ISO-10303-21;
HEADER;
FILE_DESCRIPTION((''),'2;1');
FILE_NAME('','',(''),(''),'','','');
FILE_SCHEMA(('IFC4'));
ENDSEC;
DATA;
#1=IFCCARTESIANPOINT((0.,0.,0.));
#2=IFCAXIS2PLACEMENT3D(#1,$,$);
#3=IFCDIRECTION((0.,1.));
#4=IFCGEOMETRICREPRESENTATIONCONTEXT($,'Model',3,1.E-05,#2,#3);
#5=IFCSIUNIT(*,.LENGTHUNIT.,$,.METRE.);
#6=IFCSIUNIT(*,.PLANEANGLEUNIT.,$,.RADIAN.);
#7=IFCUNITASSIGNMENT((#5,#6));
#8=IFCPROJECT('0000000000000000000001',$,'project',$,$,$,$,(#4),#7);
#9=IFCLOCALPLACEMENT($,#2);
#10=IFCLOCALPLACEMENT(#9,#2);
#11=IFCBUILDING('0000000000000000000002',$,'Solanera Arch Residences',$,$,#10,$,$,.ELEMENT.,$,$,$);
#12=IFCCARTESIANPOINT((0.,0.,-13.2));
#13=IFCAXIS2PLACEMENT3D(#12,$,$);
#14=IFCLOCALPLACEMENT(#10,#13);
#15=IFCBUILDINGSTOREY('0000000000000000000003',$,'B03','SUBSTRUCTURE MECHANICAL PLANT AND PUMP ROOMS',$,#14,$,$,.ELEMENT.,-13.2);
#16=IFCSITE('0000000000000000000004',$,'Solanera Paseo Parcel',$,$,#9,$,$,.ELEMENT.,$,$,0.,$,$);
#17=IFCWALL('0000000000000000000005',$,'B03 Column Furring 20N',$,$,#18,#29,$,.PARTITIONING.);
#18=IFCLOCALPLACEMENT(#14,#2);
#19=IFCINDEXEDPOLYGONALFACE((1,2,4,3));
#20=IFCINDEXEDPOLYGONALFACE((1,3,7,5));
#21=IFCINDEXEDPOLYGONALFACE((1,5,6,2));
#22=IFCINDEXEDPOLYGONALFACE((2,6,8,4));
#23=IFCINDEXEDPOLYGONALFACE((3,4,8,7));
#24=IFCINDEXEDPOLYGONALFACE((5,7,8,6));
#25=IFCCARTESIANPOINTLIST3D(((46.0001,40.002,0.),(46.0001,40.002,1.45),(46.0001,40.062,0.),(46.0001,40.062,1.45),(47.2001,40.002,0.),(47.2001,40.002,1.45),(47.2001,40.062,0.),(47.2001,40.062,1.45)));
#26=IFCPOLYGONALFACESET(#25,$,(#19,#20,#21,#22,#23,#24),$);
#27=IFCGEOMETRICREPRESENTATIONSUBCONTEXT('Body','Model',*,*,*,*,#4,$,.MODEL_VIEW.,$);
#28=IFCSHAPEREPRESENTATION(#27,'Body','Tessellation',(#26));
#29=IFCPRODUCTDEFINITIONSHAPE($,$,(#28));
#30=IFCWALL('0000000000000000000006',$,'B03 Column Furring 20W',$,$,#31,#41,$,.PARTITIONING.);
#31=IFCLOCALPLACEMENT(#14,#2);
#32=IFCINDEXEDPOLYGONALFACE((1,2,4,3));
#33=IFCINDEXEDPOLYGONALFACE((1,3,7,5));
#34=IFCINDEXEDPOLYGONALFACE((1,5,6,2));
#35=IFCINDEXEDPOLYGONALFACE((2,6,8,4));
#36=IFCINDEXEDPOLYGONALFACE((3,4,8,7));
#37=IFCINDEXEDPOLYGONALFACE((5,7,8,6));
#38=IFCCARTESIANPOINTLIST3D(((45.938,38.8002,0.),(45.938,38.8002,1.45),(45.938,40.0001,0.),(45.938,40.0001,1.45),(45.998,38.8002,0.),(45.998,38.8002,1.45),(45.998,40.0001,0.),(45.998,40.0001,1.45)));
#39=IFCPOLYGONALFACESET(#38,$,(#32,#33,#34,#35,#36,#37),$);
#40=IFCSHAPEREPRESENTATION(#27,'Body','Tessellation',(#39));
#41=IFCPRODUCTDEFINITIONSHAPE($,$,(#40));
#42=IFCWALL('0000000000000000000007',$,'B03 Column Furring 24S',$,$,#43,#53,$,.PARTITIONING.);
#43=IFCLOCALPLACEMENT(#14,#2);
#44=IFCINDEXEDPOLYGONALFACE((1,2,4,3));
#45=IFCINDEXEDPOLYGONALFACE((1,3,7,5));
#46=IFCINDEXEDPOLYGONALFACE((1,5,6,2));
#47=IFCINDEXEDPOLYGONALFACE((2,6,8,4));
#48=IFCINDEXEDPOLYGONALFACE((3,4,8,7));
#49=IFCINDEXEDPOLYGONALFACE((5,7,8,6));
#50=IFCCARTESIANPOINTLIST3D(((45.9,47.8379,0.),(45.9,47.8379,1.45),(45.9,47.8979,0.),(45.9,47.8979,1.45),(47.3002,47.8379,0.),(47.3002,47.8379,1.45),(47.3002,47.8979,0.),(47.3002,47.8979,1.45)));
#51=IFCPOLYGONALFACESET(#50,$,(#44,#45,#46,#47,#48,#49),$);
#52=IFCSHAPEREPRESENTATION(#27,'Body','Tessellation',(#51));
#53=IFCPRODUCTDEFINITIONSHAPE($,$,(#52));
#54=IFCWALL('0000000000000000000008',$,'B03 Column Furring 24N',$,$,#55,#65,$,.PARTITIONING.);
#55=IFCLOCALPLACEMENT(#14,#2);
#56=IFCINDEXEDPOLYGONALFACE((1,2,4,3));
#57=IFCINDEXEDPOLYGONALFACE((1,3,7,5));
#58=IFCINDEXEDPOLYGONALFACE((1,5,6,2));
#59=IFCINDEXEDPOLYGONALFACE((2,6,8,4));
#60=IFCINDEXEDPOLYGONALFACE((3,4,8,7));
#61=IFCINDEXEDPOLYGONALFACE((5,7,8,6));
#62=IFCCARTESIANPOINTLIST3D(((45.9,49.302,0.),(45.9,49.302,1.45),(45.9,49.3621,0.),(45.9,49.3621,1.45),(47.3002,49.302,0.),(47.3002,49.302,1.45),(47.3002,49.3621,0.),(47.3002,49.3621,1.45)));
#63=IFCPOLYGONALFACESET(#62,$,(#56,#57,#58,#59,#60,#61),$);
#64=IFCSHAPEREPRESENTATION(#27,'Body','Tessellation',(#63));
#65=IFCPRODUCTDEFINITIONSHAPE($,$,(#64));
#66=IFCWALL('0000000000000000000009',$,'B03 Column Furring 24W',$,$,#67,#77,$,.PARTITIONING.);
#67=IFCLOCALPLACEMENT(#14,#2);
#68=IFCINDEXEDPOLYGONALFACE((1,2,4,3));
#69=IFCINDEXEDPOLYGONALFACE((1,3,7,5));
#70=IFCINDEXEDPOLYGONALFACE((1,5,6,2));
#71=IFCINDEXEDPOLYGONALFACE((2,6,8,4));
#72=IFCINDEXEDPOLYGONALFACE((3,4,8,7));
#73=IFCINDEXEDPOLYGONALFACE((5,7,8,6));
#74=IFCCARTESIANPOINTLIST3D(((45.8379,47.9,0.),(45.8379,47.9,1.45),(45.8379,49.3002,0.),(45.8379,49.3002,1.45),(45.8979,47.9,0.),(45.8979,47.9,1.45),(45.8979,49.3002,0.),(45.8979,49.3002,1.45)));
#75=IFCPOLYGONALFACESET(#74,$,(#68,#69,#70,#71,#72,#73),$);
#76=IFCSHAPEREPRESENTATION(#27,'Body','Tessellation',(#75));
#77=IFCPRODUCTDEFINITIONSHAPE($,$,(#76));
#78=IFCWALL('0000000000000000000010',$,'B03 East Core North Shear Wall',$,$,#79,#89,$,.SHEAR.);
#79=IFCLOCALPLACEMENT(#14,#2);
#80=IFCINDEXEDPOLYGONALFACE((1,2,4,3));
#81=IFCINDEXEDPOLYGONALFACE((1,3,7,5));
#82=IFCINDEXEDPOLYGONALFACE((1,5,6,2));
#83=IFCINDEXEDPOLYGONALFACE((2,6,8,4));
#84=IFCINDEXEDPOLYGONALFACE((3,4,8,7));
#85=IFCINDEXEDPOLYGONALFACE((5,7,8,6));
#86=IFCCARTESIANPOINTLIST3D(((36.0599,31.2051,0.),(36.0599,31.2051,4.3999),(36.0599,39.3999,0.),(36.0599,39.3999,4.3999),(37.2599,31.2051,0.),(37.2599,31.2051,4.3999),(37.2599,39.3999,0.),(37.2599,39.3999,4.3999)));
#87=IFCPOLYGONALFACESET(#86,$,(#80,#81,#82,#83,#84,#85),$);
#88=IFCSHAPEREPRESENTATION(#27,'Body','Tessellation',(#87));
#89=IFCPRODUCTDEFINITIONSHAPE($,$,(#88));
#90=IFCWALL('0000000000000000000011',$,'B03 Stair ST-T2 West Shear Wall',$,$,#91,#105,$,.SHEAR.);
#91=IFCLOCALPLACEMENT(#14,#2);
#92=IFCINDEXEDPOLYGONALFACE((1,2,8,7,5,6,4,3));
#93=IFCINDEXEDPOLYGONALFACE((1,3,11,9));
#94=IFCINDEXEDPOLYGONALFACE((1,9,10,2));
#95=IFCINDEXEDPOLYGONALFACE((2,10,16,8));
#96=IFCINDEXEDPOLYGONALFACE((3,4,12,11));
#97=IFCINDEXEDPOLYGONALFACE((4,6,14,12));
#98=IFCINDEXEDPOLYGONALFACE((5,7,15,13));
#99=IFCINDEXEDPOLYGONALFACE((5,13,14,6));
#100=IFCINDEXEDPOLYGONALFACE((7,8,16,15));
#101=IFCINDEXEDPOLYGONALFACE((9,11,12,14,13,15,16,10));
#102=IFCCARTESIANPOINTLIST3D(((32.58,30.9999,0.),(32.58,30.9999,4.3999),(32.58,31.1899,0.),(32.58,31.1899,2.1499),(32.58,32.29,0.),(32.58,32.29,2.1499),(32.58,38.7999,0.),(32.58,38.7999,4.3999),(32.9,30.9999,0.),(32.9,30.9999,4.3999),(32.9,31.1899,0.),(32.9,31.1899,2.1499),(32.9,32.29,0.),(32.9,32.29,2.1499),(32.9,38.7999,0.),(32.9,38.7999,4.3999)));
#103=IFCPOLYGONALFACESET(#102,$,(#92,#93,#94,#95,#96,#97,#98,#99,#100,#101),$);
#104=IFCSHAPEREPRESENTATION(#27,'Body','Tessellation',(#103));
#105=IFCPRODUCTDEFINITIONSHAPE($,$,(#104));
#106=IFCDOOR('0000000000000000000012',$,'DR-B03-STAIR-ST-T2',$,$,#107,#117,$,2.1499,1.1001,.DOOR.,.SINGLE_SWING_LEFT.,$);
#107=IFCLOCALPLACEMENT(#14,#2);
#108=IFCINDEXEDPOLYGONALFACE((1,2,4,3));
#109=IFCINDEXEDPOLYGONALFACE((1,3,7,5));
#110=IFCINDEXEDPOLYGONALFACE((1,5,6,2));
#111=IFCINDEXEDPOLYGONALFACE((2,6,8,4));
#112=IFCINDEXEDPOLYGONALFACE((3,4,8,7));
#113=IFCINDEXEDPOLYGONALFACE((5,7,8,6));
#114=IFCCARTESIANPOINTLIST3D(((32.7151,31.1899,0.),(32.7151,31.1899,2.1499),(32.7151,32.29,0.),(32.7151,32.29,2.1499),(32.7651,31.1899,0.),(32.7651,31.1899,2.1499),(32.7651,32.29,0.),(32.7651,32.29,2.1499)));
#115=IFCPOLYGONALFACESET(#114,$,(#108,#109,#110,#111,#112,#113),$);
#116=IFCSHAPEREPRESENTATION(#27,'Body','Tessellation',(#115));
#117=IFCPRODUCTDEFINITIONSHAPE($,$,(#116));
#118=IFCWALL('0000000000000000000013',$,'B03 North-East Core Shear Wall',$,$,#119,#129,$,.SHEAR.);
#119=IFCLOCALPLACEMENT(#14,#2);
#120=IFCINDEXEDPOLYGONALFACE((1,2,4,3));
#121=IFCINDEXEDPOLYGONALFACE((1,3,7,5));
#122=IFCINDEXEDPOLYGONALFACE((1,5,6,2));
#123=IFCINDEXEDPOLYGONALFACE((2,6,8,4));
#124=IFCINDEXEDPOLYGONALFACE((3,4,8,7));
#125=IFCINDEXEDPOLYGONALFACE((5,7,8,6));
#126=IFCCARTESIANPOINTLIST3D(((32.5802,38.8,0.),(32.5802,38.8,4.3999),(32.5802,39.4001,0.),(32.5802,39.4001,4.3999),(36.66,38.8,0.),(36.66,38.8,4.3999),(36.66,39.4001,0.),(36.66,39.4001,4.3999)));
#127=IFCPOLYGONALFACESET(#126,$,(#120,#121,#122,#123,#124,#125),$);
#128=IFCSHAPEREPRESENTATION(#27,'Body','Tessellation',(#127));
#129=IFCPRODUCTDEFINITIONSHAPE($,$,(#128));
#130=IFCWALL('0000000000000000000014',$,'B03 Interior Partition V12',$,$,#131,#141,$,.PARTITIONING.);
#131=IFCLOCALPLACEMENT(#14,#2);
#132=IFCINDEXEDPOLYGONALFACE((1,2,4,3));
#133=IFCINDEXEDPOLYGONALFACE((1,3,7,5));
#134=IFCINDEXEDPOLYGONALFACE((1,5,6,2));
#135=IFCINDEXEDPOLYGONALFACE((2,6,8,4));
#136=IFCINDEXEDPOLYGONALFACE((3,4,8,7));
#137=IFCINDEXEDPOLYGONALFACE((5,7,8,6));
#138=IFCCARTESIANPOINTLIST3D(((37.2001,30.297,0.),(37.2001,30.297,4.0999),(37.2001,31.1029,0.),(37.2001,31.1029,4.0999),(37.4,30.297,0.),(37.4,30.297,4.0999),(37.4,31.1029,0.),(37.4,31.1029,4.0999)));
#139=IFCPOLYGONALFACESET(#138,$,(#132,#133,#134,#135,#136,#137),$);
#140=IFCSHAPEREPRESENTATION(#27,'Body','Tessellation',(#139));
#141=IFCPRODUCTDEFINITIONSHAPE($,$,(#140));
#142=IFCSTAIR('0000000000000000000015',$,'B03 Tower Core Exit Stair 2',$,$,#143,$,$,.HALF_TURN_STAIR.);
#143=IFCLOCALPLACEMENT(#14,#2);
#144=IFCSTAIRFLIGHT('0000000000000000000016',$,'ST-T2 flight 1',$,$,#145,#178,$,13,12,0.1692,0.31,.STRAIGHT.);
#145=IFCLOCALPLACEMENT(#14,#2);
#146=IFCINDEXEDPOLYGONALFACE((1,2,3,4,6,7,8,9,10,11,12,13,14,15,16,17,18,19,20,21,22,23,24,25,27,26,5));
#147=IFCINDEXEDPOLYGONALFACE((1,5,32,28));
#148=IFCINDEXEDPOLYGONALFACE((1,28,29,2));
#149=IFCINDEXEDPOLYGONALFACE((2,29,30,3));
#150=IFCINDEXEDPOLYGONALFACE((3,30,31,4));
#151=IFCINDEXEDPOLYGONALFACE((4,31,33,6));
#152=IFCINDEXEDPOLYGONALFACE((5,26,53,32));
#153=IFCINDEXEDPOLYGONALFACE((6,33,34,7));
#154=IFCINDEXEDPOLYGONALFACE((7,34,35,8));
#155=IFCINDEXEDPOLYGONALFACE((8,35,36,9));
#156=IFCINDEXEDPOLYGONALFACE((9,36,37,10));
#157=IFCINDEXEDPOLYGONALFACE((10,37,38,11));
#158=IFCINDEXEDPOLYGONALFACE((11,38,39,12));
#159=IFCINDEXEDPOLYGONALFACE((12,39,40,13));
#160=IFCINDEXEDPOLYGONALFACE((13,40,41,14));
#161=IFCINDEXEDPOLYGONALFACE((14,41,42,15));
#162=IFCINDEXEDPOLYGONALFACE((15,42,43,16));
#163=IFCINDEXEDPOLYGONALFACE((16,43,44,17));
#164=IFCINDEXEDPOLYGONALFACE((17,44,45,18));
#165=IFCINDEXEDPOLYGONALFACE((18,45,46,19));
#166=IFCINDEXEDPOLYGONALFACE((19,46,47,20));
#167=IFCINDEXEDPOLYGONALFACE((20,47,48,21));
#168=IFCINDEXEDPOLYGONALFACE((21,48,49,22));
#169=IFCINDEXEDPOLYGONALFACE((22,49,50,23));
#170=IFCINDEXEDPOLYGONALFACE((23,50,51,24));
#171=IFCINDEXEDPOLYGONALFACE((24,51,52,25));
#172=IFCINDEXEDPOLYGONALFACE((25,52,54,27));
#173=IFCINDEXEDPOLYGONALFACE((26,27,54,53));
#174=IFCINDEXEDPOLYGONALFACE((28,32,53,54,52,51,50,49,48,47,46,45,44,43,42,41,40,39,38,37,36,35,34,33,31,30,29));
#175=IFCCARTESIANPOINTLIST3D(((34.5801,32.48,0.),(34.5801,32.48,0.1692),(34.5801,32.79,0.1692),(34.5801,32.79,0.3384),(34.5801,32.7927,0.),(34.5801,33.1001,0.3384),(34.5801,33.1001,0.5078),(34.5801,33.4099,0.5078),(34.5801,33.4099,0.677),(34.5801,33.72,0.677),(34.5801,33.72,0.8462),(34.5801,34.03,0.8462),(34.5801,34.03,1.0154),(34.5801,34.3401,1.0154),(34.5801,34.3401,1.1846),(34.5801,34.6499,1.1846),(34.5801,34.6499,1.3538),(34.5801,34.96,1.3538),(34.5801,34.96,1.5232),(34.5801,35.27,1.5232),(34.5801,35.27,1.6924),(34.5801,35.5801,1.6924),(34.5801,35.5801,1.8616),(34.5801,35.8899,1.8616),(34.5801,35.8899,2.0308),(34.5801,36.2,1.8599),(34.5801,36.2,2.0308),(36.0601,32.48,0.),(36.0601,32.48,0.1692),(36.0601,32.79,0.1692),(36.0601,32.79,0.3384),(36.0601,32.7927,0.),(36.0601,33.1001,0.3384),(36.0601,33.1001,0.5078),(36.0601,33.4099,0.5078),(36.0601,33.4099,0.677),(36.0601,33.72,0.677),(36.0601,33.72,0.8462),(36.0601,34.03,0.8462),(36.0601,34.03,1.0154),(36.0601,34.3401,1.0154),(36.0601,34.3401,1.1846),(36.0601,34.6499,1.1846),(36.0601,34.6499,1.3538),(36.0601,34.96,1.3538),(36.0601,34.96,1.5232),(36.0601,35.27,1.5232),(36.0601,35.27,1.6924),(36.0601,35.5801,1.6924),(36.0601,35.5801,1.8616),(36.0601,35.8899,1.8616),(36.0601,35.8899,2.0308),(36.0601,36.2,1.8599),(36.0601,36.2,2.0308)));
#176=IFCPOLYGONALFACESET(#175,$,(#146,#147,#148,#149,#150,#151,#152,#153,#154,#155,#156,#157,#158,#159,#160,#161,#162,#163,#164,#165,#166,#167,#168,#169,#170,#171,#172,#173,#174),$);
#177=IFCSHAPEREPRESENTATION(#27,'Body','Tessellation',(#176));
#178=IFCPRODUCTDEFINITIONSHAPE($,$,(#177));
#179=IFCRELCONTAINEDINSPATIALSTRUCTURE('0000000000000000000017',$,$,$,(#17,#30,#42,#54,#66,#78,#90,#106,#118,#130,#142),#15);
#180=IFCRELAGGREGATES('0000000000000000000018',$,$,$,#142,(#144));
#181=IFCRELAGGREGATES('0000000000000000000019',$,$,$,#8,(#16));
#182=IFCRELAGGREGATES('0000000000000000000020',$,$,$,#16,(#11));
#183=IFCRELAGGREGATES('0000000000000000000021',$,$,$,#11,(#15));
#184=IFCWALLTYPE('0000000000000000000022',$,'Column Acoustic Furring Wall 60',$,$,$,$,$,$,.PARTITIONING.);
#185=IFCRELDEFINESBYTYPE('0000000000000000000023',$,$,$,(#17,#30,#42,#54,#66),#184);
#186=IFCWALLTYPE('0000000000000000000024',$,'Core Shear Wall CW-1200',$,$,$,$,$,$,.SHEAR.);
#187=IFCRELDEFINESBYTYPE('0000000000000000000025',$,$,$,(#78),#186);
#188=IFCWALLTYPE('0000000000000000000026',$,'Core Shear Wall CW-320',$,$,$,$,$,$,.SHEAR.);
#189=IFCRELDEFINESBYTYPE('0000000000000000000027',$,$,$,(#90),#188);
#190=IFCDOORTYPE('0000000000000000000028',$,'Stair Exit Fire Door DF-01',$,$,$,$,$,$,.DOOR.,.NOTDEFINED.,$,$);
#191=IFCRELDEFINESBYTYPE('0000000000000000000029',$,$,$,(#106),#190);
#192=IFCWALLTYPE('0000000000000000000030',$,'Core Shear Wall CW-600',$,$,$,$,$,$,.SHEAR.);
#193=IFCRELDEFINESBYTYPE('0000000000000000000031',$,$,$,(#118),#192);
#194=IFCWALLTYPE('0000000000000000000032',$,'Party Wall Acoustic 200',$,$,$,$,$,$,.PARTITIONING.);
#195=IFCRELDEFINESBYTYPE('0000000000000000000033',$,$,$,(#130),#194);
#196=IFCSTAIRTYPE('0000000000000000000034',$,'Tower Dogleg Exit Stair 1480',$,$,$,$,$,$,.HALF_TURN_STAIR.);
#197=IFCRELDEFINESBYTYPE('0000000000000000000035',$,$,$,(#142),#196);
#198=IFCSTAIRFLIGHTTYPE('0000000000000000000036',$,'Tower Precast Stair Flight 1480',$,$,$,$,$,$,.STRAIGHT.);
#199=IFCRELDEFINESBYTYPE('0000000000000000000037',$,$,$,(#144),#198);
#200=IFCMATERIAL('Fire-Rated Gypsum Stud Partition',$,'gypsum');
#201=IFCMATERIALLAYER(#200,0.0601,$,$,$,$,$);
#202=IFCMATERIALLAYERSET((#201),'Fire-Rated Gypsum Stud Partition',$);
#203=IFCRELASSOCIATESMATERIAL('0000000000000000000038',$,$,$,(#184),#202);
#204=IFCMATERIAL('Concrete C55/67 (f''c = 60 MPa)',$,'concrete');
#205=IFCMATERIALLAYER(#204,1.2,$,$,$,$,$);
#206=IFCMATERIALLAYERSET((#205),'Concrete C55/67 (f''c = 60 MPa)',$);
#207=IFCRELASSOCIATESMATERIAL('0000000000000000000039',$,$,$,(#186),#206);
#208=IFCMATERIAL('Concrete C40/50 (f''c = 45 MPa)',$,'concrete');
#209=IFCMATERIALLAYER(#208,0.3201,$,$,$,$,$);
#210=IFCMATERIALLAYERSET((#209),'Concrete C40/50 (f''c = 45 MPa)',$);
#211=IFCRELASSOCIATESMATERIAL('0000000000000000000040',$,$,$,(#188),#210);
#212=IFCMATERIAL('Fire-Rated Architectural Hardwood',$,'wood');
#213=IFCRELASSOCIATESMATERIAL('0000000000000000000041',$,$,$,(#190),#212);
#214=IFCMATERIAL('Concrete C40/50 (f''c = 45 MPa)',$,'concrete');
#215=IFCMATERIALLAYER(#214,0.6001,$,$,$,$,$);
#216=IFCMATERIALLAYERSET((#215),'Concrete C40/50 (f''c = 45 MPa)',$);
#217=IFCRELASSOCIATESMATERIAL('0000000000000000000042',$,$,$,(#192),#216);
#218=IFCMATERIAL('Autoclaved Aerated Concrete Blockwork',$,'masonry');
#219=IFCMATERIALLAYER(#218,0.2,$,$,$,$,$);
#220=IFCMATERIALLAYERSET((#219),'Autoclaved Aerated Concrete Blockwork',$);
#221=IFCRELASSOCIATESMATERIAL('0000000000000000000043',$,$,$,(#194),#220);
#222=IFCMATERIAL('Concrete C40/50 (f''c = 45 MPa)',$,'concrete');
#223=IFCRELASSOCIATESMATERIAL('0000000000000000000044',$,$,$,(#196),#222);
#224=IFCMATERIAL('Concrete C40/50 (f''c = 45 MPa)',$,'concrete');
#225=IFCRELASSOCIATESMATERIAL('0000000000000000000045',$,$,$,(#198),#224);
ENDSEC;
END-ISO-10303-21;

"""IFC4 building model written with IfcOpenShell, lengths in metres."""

from ifc_helpers import new_model, si_unit, direction, frame, frame_2d, origin, place, context, subcontext, project, spatial, polyline, rectangle, outline, extrude, material, layer, layer_set, type_object, element, fill, aggregate, save


model = new_model("IFC4")

# Units and contexts
model_context = context("Model", 3, precision=1e-05, world=origin(), true_north=direction((0.0, 1.0)))
body_context = subcontext(model_context, "Body", "Model", "MODEL_VIEW")
ifc_project = project(units=[si_unit("LENGTHUNIT", "METRE"), si_unit("PLANEANGLEUNIT", "RADIAN")], contexts=[model_context])

# Site, building, storey
site_placement = place(None, origin())
site = spatial("IfcSite", under=ifc_project, at=site_placement, Name="Solanera Paseo Parcel", CompositionType="ELEMENT", RefElevation=0.0)
building_placement = place(site_placement, origin())
building = spatial("IfcBuilding", under=site, at=building_placement, Name="Solanera Arch Residences", CompositionType="ELEMENT")
storey_placement = place(building_placement, frame((0.0, 0.0, -13.2)))
storey = spatial("IfcBuildingStorey", under=building, at=storey_placement, Name="B03", Description="SUBSTRUCTURE MECHANICAL PLANT AND PUMP ROOMS", CompositionType="ELEMENT", Elevation=-13.2)

# Walls
ifc_material_1 = material(Name="Fire-Rated Gypsum Stud Partition", Category="gypsum")
ifc_layer_1 = layer(ifc_material_1, 0.0601)
ifc_layer_set_1 = layer_set([ifc_layer_1], Name="Fire-Rated Gypsum Stud Partition")
wall_type_1 = type_object("IfcWallType", Name="Column Acoustic Furring Wall 60", PredefinedType="PARTITIONING", material=ifc_layer_set_1)
for number, where, z_axis, x_axis, name in (
    (1, (46.0, 40.032, 0.0), (0.0, 0.0, 1.0), (1.0, 0.0, 0.0), "B03 Column Furring 20N"),
    (2, (45.968, 38.8, 0.0), (0.0, 0.0, 1.0), (0.0, 1.0, 0.0), "B03 Column Furring 20W"),
):
    element("IfcWall", number, at=place(storey_placement, frame(where, z_axis=z_axis, x_axis=x_axis)), inside=storey, type_object=wall_type_1, Name=name, PredefinedType="PARTITIONING", context=body_context, shape_type="SweptSolid", body=[
        extrude(rectangle(XDim=1.2, YDim=0.0601, at=frame_2d((0.6001, 0.0))), origin(), (0.0, 0.0, 1.0), 1.45),
    ])
for number, where, z_axis, x_axis, name in (
    (3, (45.8999, 47.8679, 0.0), (0.0, 0.0, 1.0), (1.0, 0.0, 0.0), "B03 Column Furring 24S"),
    (4, (45.8999, 49.332, 0.0), (0.0, 0.0, 1.0), (1.0, 0.0, 0.0), "B03 Column Furring 24N"),
    (5, (45.8679, 47.8999, 0.0), (0.0, 0.0, 1.0), (0.0, 1.0, 0.0), "B03 Column Furring 24W"),
):
    element("IfcWall", number, at=place(storey_placement, frame(where, z_axis=z_axis, x_axis=x_axis)), inside=storey, type_object=wall_type_1, Name=name, PredefinedType="PARTITIONING", context=body_context, shape_type="SweptSolid", body=[
        extrude(rectangle(XDim=1.4001, YDim=0.0601, at=frame_2d((0.7002, 0.0))), origin(), (0.0, 0.0, 1.0), 1.45),
    ])
ifc_material_2 = material(Name="Concrete C55/67 (f'c = 60 MPa)", Category="concrete")
ifc_layer_2 = layer(ifc_material_2, 1.2)
ifc_layer_set_2 = layer_set([ifc_layer_2], Name="Concrete C55/67 (f'c = 60 MPa)")
wall_type_2 = type_object("IfcWallType", Name="Core Shear Wall CW-1200", PredefinedType="SHEAR", material=ifc_layer_set_2)
wall_1_placement = place(storey_placement, frame((36.6599, 31.2051, 0.0), z_axis=(0.0, 0.0, 1.0), x_axis=(0.0, 1.0, 0.0)))
element("IfcWall", 6, at=wall_1_placement, inside=storey, type_object=wall_type_2, Name="B03 East Core North Shear Wall", PredefinedType="SHEAR", context=body_context, shape_type="SweptSolid", body=[
    extrude(rectangle(XDim=8.1948, YDim=1.2, at=frame_2d((4.0974, 0.0))), origin(), (0.0, 0.0, 1.0), 4.3999),
])

# Wall, opening, door
ifc_material_3 = material(Name="Concrete C40/50 (f'c = 45 MPa)", Category="concrete")
ifc_layer_3 = layer(ifc_material_3, 0.3201)
ifc_layer_set_3 = layer_set([ifc_layer_3], Name="Concrete C40/50 (f'c = 45 MPa)")
wall_type_3 = type_object("IfcWallType", Name="Core Shear Wall CW-320", PredefinedType="SHEAR", material=ifc_layer_set_3)
wall_2_placement = place(storey_placement, frame((32.74, 31.0, 0.0), z_axis=(0.0, 0.0, 1.0), x_axis=(0.0, 1.0, 0.0)))
wall_2 = element("IfcWall", 7, at=wall_2_placement, inside=storey, type_object=wall_type_3, Name="B03 Stair ST-T2 West Shear Wall", PredefinedType="SHEAR", context=body_context, shape_type="SweptSolid", body=[
    extrude(rectangle(XDim=7.8, YDim=0.3201, at=frame_2d((3.8999, 0.0))), origin(), (0.0, 0.0, 1.0), 4.3999),
])
opening_placement = place(wall_2_placement, frame((0.1899, 0.0, 0.0)))
opening = element("IfcOpeningElement", 8, at=opening_placement, cuts=wall_2, PredefinedType="OPENING", context=body_context, shape_type="SweptSolid", body=[
    extrude(rectangle(XDim=1.1001, YDim=2.1499, at=frame_2d((0.55, 1.075))), frame((0.0, 0.1699, 0.0), z_axis=(0.0, -1.0, 0.0), x_axis=(1.0, 0.0, 0.0)), (0.0, 0.0, 1.0), 0.3401),
])
ifc_material_4 = material(Name="Fire-Rated Architectural Hardwood", Category="wood")
door_type = type_object("IfcDoorType", Name="Stair Exit Fire Door DF-01", OperationType="NOTDEFINED", PredefinedType="DOOR", material=ifc_material_4)
door_placement = place(opening_placement, origin())
door = element("IfcDoor", 9, at=door_placement, inside=storey, type_object=door_type, Name="DR-B03-STAIR-ST-T2", OperationType="SINGLE_SWING_LEFT", OverallHeight=2.1499, OverallWidth=1.1001, PredefinedType="DOOR", context=body_context, shape_type="SweptSolid", body=[
    extrude(rectangle(XDim=1.1001, YDim=2.1499, at=frame_2d((0.55, 1.075))), frame((0.0, 0.0249, 0.0), z_axis=(0.0, -1.0, 0.0), x_axis=(1.0, 0.0, 0.0)), (0.0, 0.0, 1.0), 0.05),
])
fill(opening, door)

# Walls
ifc_material_5 = material(Name="Concrete C40/50 (f'c = 45 MPa)", Category="concrete")
ifc_layer_4 = layer(ifc_material_5, 0.6001)
ifc_layer_set_4 = layer_set([ifc_layer_4], Name="Concrete C40/50 (f'c = 45 MPa)")
wall_type_4 = type_object("IfcWallType", Name="Core Shear Wall CW-600", PredefinedType="SHEAR", material=ifc_layer_set_4)
wall_3_placement = place(storey_placement, frame((32.5801, 39.1001, 0.0), z_axis=(0.0, 0.0, 1.0), x_axis=(1.0, 0.0, 0.0)))
element("IfcWall", 10, at=wall_3_placement, inside=storey, type_object=wall_type_4, Name="B03 North-East Core Shear Wall", PredefinedType="SHEAR", context=body_context, shape_type="SweptSolid", body=[
    extrude(rectangle(XDim=4.0798, YDim=0.6001, at=frame_2d((2.04, 0.0))), origin(), (0.0, 0.0, 1.0), 4.3999),
])
ifc_material_6 = material(Name="Autoclaved Aerated Concrete Blockwork", Category="masonry")
ifc_layer_5 = layer(ifc_material_6, 0.2)
ifc_layer_set_5 = layer_set([ifc_layer_5], Name="Autoclaved Aerated Concrete Blockwork")
wall_type_5 = type_object("IfcWallType", Name="Party Wall Acoustic 200", PredefinedType="PARTITIONING", material=ifc_layer_set_5)
wall_4_placement = place(storey_placement, frame((37.3, 30.2971, 0.0), z_axis=(0.0, 0.0, 1.0), x_axis=(0.0, 1.0, 0.0)))
element("IfcWall", 11, at=wall_4_placement, inside=storey, type_object=wall_type_5, Name="B03 Interior Partition V12", PredefinedType="PARTITIONING", context=body_context, shape_type="SweptSolid", body=[
    extrude(rectangle(XDim=0.8059, YDim=0.2, at=frame_2d((0.4028, 0.0))), origin(), (0.0, 0.0, 1.0), 4.0999),
])

# Stair, stair flight
ifc_material_7 = material(Name="Concrete C40/50 (f'c = 45 MPa)", Category="concrete")
stair_type = type_object("IfcStairType", Name="Tower Dogleg Exit Stair 1480", PredefinedType="HALF_TURN_STAIR", material=ifc_material_7)
stair_placement = place(storey_placement, origin())
stair = element("IfcStair", 12, at=stair_placement, inside=storey, type_object=stair_type, Name="B03 Tower Core Exit Stair 2", PredefinedType="HALF_TURN_STAIR")
ifc_material_8 = material(Name="Concrete C40/50 (f'c = 45 MPa)", Category="concrete")
stair_flight_type = type_object("IfcStairFlightType", Name="Tower Precast Stair Flight 1480", PredefinedType="STRAIGHT", material=ifc_material_8)
stair_flight_1_placement = place(storey_placement, frame((35.3201, 32.48, 0.0), z_axis=(0.0, 0.0, 1.0), x_axis=(0.0, 1.0, 0.0)))
stair_flight_1 = element("IfcStairFlight", 13, at=stair_flight_1_placement, type_object=stair_flight_type, Name="ST-T2 flight 1", NumberOfRisers=13, NumberOfTreads=12, PredefinedType="STRAIGHT", RiserHeight=0.1692, TreadLength=0.31, context=body_context, shape_type="SweptSolid", body=[
    extrude(outline(polyline([(0.0, 0.0), (0.0, 0.1692), (0.3101, 0.1692), (0.3101, 0.3384), (0.6201, 0.3384), (0.6201, 0.5078), (0.9299, 0.5078), (0.9299, 0.677), (1.24, 0.677), (1.24, 0.8462), (1.55, 0.8462), (1.55, 1.0154), (1.8601, 1.0154), (1.8601, 1.1846), (2.1699, 1.1846), (2.1699, 1.3538), (2.48, 1.3538), (2.48, 1.5232), (2.79, 1.5232), (2.79, 1.6924), (3.1001, 1.6924), (3.1001, 1.8616), (3.4099, 1.8616), (3.4099, 2.0308), (3.72, 2.0308), (3.72, 2.2), (3.72, 1.8599), (0.3127, 0.0), (0.0, 0.0)])), frame((0.0, 0.74, 0.0), z_axis=(0.0, -1.0, 0.0), x_axis=(1.0, 0.0, 0.0)), (0.0, 0.0, 1.0), 1.48),
])
aggregate(stair, [stair_flight_1])

save(model, "model.ifc")
